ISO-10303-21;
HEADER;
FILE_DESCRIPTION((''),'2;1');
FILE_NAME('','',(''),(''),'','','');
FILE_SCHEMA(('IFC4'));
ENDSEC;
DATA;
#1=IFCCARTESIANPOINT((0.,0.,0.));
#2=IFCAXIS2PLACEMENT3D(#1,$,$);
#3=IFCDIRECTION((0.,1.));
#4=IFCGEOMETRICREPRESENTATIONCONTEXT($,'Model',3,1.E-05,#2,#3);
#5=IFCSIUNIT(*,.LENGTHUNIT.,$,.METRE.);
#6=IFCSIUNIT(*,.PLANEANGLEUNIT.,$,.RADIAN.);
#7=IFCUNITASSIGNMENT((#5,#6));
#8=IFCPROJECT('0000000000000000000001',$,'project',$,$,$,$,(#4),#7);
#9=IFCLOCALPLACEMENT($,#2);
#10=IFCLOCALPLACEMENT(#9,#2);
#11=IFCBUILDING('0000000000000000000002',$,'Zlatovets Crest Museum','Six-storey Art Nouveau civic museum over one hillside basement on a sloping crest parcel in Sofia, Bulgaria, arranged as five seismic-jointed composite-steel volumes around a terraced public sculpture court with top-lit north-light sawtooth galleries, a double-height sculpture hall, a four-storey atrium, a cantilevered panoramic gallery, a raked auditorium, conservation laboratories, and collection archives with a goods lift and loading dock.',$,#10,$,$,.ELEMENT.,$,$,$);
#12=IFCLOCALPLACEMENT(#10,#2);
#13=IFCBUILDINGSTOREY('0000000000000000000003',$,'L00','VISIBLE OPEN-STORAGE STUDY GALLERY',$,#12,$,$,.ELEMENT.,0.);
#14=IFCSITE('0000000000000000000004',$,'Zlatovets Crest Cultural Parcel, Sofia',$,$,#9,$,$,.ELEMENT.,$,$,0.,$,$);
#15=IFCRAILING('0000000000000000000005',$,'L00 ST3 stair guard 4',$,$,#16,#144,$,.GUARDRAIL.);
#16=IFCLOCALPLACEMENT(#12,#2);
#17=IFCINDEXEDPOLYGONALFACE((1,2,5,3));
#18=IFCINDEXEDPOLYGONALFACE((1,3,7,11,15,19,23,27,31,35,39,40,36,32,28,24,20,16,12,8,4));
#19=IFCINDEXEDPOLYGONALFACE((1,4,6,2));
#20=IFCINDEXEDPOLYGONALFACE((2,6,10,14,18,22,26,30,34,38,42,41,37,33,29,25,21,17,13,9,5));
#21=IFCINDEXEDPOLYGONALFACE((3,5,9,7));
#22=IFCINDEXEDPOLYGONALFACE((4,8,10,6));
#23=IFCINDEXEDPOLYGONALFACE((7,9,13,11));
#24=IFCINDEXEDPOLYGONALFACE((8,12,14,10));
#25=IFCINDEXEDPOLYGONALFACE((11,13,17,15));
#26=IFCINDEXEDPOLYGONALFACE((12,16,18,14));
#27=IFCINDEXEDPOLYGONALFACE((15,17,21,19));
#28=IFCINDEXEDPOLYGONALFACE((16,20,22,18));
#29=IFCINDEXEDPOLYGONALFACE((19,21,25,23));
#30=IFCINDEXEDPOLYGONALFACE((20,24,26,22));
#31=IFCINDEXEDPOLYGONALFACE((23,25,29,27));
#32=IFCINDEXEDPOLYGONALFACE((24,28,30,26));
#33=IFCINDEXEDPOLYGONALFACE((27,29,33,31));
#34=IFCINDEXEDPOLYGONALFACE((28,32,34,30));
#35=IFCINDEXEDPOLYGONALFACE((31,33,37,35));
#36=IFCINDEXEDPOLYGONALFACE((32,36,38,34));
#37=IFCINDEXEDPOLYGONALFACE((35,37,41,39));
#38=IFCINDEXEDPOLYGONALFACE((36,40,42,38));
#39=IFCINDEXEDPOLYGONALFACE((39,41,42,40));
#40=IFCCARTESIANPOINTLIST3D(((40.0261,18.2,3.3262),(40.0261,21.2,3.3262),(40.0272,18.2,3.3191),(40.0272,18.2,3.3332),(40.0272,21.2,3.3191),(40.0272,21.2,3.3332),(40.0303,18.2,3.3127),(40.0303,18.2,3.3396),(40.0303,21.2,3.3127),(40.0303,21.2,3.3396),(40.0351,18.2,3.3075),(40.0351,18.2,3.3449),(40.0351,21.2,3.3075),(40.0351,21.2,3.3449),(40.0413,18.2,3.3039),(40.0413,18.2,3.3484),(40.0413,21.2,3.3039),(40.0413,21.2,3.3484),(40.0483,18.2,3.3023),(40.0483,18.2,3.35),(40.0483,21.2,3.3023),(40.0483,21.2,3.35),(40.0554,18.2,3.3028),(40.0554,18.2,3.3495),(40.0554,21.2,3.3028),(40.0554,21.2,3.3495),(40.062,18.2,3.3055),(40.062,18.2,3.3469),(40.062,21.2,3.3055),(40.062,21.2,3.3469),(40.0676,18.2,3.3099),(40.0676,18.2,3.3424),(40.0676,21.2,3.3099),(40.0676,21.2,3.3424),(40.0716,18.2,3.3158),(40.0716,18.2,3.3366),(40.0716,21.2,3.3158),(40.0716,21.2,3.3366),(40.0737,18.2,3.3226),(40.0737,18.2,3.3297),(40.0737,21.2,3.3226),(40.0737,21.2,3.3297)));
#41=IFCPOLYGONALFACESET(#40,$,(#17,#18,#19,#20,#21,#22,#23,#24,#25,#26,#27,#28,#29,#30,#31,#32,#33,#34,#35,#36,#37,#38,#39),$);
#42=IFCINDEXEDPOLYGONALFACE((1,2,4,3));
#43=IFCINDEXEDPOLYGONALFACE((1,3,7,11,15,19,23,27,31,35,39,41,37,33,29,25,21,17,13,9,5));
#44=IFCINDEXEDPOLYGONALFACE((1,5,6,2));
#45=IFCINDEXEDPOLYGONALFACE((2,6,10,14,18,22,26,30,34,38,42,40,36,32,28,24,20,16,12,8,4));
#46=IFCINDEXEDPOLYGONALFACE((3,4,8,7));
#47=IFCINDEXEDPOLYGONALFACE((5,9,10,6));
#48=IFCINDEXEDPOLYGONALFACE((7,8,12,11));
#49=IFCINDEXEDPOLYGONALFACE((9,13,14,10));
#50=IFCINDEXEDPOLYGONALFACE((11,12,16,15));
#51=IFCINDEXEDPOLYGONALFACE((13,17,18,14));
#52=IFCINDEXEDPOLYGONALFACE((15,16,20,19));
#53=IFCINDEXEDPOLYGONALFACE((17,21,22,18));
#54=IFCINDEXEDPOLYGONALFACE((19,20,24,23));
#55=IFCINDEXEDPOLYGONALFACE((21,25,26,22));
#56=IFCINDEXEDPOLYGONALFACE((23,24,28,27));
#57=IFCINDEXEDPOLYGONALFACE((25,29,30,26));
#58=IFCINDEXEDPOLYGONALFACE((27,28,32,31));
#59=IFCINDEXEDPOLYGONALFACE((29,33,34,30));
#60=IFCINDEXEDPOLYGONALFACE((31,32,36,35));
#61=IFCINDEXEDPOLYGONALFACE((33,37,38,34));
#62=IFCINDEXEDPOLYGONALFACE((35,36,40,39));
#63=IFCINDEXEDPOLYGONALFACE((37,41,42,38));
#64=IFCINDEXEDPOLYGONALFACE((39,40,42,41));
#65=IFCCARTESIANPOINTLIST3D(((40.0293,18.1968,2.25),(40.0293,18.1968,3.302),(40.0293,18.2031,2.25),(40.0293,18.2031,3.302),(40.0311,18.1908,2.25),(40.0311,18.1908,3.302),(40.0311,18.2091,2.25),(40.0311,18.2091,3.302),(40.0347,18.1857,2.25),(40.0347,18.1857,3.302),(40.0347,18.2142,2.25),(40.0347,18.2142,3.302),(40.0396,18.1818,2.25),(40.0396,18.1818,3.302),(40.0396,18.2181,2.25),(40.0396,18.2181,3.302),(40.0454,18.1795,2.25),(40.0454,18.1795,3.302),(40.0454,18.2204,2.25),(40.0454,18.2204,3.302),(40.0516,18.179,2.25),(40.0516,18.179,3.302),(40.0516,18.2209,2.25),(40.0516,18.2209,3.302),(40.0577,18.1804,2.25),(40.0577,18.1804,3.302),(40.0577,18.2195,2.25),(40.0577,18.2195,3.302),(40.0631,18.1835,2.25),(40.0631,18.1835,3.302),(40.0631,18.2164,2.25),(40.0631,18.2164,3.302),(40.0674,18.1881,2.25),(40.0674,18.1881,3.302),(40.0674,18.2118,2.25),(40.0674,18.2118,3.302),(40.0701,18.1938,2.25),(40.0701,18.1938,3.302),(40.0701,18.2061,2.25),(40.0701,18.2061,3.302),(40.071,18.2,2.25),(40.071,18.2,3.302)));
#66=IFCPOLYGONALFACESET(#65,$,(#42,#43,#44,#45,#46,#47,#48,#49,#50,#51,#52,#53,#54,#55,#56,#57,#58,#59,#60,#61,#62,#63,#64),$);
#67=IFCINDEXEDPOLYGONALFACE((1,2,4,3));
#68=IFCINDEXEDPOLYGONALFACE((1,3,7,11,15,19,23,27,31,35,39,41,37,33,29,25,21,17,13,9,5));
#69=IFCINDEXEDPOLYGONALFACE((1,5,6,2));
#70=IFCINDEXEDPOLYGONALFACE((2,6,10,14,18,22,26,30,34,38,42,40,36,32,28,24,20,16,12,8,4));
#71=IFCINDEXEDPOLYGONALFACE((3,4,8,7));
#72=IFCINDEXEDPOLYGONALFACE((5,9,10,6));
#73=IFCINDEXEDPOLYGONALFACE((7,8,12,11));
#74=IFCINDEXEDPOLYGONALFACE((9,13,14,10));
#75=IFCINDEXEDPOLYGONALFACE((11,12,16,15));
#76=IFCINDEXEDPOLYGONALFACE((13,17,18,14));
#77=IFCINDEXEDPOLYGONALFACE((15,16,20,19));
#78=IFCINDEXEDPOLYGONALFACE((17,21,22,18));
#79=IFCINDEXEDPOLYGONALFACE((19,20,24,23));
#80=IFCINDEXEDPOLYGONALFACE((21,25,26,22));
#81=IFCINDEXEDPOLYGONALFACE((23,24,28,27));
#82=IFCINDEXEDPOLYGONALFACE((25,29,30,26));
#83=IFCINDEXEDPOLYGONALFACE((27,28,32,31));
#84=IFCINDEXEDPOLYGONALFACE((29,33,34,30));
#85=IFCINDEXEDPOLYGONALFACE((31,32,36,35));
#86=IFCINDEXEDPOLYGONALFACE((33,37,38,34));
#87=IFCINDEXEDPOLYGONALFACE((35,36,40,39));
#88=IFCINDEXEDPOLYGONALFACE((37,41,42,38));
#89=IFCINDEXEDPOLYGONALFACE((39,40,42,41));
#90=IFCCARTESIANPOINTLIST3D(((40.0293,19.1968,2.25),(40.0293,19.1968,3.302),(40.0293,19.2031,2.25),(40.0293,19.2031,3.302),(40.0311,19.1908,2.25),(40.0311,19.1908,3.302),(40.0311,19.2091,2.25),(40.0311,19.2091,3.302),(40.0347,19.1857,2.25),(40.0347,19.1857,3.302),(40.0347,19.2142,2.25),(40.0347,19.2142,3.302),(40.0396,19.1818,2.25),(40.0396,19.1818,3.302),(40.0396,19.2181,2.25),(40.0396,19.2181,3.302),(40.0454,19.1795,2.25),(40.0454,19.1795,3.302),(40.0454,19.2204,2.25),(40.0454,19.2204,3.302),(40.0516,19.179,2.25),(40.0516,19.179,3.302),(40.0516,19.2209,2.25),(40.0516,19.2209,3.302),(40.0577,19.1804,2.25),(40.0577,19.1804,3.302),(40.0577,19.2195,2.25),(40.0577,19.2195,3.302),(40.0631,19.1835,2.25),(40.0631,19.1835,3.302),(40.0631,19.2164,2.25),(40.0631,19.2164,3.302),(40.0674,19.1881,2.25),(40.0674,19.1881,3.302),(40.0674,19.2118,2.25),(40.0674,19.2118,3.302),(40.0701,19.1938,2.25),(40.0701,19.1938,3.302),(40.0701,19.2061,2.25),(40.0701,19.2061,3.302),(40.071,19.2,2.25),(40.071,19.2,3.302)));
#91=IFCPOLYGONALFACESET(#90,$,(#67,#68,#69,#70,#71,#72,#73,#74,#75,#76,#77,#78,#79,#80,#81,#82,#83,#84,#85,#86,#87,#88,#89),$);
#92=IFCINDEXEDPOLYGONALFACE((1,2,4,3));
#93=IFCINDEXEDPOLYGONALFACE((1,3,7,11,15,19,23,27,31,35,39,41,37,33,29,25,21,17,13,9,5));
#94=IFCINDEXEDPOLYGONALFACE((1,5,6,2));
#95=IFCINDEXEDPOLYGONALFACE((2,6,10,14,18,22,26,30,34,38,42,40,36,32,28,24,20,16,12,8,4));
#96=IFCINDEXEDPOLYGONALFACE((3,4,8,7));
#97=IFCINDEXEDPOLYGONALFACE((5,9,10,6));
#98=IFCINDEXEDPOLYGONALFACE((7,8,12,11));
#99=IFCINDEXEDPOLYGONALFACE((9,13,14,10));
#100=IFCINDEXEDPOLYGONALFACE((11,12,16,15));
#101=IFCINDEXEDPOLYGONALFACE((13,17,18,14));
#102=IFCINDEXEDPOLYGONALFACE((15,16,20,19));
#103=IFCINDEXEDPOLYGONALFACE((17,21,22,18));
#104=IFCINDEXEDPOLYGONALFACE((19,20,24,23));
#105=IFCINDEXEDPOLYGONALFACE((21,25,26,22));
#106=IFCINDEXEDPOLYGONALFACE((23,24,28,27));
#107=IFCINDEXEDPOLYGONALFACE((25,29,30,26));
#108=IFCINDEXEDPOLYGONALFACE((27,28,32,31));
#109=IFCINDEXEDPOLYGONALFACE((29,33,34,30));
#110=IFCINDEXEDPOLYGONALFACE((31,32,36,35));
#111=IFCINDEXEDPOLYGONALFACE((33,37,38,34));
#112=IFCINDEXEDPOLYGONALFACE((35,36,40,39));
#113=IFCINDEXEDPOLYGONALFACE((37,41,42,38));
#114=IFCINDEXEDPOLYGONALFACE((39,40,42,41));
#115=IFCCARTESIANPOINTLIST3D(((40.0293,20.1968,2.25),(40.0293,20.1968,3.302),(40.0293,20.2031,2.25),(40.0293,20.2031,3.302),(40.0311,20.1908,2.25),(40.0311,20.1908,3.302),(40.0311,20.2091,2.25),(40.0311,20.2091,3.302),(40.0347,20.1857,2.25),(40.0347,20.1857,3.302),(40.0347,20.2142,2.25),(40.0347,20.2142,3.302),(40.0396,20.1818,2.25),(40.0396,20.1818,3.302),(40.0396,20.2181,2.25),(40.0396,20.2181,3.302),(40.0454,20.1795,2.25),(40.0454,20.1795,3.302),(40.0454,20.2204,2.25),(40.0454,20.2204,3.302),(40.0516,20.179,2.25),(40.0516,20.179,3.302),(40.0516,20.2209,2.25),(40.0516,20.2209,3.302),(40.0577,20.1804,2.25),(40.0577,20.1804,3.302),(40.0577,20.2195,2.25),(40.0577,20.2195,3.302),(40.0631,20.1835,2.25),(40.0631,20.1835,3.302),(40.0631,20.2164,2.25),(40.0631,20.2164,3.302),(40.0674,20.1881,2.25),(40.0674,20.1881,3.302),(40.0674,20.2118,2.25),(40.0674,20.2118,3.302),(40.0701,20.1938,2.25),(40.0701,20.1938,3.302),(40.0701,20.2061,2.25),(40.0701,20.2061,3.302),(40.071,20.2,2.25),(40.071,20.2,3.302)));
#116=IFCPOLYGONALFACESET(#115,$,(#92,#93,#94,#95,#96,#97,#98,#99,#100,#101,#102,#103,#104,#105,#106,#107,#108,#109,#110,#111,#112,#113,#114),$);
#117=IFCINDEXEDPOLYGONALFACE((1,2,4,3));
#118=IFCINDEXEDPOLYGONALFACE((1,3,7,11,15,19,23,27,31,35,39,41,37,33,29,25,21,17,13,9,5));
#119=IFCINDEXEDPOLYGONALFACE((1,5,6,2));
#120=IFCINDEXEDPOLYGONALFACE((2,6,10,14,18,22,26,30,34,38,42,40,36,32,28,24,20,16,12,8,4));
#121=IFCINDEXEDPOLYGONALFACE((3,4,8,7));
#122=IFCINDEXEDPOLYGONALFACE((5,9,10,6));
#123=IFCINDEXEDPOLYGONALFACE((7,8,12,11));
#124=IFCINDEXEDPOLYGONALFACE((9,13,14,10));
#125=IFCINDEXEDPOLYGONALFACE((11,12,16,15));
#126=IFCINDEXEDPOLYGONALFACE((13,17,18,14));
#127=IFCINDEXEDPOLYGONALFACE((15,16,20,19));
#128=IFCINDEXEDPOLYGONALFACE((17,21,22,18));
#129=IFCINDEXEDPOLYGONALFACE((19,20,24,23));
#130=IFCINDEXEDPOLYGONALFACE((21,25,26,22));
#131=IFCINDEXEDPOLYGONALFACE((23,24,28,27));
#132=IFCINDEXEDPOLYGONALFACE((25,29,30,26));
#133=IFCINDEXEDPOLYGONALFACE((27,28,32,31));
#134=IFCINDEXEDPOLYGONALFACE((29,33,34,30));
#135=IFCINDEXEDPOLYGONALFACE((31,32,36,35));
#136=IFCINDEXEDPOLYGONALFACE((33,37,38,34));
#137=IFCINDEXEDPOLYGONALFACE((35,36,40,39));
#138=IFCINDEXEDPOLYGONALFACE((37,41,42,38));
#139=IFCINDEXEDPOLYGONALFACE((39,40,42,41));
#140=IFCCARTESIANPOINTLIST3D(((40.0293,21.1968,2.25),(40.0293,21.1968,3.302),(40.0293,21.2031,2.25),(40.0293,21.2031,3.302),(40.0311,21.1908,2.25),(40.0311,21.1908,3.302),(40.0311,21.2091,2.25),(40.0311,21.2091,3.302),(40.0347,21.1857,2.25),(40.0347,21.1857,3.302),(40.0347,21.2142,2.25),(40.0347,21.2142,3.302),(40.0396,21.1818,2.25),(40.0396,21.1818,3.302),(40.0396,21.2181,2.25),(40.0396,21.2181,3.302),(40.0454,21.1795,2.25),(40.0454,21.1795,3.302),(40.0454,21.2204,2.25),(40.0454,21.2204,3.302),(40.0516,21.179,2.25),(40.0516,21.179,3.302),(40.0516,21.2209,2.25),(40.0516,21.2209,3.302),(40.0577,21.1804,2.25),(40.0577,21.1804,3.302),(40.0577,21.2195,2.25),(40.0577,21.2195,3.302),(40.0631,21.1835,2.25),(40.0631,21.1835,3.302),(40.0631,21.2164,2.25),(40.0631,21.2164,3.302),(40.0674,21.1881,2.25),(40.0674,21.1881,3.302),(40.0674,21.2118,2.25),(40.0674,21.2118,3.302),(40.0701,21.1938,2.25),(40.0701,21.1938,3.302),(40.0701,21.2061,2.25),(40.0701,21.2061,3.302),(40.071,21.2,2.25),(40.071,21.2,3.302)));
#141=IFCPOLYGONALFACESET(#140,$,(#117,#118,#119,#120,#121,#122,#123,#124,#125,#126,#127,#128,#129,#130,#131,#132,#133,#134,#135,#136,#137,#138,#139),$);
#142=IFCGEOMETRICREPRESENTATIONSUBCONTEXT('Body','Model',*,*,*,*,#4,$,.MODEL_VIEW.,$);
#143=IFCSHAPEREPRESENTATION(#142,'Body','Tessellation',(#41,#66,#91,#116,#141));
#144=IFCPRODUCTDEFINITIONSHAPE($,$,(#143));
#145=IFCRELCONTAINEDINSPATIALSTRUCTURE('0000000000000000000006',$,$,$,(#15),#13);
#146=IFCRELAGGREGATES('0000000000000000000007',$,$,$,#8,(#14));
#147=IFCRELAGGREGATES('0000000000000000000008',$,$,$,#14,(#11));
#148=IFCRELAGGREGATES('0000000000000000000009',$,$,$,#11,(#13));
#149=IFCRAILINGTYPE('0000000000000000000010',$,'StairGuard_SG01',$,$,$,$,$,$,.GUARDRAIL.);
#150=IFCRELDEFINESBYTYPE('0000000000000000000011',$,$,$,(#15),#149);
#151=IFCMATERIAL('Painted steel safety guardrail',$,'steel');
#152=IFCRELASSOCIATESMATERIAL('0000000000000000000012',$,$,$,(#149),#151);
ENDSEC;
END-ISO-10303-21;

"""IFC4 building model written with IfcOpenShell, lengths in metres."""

from ifc_helpers import new_model, si_unit, direction, frame, origin, origin_2d, place, context, subcontext, project, spatial, circle, extrude, material, type_object, element, save


model = new_model("IFC4")

# Units and contexts
model_context = context("Model", 3, precision=1e-05, world=origin(), true_north=direction((0.0, 1.0)))
body_context = subcontext(model_context, "Body", "Model", "MODEL_VIEW")
ifc_project = project(units=[si_unit("LENGTHUNIT", "METRE"), si_unit("PLANEANGLEUNIT", "RADIAN")], contexts=[model_context])

# Site, building, storey
site_placement = place(None, origin())
site = spatial("IfcSite", under=ifc_project, at=site_placement, Name="Zlatovets Crest Cultural Parcel, Sofia", CompositionType="ELEMENT", RefElevation=0.0)
building_placement = place(site_placement, origin())
building = spatial("IfcBuilding", under=site, at=building_placement, Name="Zlatovets Crest Museum", Description="Six-storey Art Nouveau civic museum over one hillside basement on a sloping crest parcel in Sofia, Bulgaria, arranged as five seismic-jointed composite-steel volumes around a terraced public sculpture court with top-lit north-light sawtooth galleries, a double-height sculpture hall, a four-storey atrium, a cantilevered panoramic gallery, a raked auditorium, conservation laboratories, and collection archives with a goods lift and loading dock.", CompositionType="ELEMENT")
storey_placement = place(building_placement, origin())
storey = spatial("IfcBuildingStorey", under=building, at=storey_placement, Name="L00", Description="VISIBLE OPEN-STORAGE STUDY GALLERY", CompositionType="ELEMENT", Elevation=0.0)

# Railing
ifc_material_1 = material(Name="Painted steel safety guardrail", Category="steel")
railing_type_1 = type_object("IfcRailingType", Name="StairGuard_SG01", PredefinedType="GUARDRAIL", material=ifc_material_1)
railing_1_placement = place(storey_placement, frame((40.05, 18.2, 2.25)))
element("IfcRailing", 1, at=railing_1_placement, inside=storey, type_object=railing_type_1, Name="L00 ST3 stair guard 4", PredefinedType="GUARDRAIL", context=body_context, shape_type="SweptSolid", body=[
    extrude(circle(Radius=0.0239, at=origin_2d()), frame((0.0, 0.0, 1.0762), z_axis=(0.0, 1.0, 0.0), x_axis=(-1.0, 0.0, 0.0)), (0.0, 0.0, 1.0), 3.0),
    extrude(circle(Radius=0.021, at=origin_2d()), origin(), (0.0, 0.0, 1.0), 1.052),
    extrude(circle(Radius=0.021, at=origin_2d()), frame((0.0, 1.0, 0.0)), (0.0, 0.0, 1.0), 1.052),
    extrude(circle(Radius=0.021, at=origin_2d()), frame((0.0, 2.0, 0.0)), (0.0, 0.0, 1.0), 1.052),
    extrude(circle(Radius=0.021, at=origin_2d()), frame((0.0, 3.0, 0.0)), (0.0, 0.0, 1.0), 1.052),
])

save(model, "model.ifc")
